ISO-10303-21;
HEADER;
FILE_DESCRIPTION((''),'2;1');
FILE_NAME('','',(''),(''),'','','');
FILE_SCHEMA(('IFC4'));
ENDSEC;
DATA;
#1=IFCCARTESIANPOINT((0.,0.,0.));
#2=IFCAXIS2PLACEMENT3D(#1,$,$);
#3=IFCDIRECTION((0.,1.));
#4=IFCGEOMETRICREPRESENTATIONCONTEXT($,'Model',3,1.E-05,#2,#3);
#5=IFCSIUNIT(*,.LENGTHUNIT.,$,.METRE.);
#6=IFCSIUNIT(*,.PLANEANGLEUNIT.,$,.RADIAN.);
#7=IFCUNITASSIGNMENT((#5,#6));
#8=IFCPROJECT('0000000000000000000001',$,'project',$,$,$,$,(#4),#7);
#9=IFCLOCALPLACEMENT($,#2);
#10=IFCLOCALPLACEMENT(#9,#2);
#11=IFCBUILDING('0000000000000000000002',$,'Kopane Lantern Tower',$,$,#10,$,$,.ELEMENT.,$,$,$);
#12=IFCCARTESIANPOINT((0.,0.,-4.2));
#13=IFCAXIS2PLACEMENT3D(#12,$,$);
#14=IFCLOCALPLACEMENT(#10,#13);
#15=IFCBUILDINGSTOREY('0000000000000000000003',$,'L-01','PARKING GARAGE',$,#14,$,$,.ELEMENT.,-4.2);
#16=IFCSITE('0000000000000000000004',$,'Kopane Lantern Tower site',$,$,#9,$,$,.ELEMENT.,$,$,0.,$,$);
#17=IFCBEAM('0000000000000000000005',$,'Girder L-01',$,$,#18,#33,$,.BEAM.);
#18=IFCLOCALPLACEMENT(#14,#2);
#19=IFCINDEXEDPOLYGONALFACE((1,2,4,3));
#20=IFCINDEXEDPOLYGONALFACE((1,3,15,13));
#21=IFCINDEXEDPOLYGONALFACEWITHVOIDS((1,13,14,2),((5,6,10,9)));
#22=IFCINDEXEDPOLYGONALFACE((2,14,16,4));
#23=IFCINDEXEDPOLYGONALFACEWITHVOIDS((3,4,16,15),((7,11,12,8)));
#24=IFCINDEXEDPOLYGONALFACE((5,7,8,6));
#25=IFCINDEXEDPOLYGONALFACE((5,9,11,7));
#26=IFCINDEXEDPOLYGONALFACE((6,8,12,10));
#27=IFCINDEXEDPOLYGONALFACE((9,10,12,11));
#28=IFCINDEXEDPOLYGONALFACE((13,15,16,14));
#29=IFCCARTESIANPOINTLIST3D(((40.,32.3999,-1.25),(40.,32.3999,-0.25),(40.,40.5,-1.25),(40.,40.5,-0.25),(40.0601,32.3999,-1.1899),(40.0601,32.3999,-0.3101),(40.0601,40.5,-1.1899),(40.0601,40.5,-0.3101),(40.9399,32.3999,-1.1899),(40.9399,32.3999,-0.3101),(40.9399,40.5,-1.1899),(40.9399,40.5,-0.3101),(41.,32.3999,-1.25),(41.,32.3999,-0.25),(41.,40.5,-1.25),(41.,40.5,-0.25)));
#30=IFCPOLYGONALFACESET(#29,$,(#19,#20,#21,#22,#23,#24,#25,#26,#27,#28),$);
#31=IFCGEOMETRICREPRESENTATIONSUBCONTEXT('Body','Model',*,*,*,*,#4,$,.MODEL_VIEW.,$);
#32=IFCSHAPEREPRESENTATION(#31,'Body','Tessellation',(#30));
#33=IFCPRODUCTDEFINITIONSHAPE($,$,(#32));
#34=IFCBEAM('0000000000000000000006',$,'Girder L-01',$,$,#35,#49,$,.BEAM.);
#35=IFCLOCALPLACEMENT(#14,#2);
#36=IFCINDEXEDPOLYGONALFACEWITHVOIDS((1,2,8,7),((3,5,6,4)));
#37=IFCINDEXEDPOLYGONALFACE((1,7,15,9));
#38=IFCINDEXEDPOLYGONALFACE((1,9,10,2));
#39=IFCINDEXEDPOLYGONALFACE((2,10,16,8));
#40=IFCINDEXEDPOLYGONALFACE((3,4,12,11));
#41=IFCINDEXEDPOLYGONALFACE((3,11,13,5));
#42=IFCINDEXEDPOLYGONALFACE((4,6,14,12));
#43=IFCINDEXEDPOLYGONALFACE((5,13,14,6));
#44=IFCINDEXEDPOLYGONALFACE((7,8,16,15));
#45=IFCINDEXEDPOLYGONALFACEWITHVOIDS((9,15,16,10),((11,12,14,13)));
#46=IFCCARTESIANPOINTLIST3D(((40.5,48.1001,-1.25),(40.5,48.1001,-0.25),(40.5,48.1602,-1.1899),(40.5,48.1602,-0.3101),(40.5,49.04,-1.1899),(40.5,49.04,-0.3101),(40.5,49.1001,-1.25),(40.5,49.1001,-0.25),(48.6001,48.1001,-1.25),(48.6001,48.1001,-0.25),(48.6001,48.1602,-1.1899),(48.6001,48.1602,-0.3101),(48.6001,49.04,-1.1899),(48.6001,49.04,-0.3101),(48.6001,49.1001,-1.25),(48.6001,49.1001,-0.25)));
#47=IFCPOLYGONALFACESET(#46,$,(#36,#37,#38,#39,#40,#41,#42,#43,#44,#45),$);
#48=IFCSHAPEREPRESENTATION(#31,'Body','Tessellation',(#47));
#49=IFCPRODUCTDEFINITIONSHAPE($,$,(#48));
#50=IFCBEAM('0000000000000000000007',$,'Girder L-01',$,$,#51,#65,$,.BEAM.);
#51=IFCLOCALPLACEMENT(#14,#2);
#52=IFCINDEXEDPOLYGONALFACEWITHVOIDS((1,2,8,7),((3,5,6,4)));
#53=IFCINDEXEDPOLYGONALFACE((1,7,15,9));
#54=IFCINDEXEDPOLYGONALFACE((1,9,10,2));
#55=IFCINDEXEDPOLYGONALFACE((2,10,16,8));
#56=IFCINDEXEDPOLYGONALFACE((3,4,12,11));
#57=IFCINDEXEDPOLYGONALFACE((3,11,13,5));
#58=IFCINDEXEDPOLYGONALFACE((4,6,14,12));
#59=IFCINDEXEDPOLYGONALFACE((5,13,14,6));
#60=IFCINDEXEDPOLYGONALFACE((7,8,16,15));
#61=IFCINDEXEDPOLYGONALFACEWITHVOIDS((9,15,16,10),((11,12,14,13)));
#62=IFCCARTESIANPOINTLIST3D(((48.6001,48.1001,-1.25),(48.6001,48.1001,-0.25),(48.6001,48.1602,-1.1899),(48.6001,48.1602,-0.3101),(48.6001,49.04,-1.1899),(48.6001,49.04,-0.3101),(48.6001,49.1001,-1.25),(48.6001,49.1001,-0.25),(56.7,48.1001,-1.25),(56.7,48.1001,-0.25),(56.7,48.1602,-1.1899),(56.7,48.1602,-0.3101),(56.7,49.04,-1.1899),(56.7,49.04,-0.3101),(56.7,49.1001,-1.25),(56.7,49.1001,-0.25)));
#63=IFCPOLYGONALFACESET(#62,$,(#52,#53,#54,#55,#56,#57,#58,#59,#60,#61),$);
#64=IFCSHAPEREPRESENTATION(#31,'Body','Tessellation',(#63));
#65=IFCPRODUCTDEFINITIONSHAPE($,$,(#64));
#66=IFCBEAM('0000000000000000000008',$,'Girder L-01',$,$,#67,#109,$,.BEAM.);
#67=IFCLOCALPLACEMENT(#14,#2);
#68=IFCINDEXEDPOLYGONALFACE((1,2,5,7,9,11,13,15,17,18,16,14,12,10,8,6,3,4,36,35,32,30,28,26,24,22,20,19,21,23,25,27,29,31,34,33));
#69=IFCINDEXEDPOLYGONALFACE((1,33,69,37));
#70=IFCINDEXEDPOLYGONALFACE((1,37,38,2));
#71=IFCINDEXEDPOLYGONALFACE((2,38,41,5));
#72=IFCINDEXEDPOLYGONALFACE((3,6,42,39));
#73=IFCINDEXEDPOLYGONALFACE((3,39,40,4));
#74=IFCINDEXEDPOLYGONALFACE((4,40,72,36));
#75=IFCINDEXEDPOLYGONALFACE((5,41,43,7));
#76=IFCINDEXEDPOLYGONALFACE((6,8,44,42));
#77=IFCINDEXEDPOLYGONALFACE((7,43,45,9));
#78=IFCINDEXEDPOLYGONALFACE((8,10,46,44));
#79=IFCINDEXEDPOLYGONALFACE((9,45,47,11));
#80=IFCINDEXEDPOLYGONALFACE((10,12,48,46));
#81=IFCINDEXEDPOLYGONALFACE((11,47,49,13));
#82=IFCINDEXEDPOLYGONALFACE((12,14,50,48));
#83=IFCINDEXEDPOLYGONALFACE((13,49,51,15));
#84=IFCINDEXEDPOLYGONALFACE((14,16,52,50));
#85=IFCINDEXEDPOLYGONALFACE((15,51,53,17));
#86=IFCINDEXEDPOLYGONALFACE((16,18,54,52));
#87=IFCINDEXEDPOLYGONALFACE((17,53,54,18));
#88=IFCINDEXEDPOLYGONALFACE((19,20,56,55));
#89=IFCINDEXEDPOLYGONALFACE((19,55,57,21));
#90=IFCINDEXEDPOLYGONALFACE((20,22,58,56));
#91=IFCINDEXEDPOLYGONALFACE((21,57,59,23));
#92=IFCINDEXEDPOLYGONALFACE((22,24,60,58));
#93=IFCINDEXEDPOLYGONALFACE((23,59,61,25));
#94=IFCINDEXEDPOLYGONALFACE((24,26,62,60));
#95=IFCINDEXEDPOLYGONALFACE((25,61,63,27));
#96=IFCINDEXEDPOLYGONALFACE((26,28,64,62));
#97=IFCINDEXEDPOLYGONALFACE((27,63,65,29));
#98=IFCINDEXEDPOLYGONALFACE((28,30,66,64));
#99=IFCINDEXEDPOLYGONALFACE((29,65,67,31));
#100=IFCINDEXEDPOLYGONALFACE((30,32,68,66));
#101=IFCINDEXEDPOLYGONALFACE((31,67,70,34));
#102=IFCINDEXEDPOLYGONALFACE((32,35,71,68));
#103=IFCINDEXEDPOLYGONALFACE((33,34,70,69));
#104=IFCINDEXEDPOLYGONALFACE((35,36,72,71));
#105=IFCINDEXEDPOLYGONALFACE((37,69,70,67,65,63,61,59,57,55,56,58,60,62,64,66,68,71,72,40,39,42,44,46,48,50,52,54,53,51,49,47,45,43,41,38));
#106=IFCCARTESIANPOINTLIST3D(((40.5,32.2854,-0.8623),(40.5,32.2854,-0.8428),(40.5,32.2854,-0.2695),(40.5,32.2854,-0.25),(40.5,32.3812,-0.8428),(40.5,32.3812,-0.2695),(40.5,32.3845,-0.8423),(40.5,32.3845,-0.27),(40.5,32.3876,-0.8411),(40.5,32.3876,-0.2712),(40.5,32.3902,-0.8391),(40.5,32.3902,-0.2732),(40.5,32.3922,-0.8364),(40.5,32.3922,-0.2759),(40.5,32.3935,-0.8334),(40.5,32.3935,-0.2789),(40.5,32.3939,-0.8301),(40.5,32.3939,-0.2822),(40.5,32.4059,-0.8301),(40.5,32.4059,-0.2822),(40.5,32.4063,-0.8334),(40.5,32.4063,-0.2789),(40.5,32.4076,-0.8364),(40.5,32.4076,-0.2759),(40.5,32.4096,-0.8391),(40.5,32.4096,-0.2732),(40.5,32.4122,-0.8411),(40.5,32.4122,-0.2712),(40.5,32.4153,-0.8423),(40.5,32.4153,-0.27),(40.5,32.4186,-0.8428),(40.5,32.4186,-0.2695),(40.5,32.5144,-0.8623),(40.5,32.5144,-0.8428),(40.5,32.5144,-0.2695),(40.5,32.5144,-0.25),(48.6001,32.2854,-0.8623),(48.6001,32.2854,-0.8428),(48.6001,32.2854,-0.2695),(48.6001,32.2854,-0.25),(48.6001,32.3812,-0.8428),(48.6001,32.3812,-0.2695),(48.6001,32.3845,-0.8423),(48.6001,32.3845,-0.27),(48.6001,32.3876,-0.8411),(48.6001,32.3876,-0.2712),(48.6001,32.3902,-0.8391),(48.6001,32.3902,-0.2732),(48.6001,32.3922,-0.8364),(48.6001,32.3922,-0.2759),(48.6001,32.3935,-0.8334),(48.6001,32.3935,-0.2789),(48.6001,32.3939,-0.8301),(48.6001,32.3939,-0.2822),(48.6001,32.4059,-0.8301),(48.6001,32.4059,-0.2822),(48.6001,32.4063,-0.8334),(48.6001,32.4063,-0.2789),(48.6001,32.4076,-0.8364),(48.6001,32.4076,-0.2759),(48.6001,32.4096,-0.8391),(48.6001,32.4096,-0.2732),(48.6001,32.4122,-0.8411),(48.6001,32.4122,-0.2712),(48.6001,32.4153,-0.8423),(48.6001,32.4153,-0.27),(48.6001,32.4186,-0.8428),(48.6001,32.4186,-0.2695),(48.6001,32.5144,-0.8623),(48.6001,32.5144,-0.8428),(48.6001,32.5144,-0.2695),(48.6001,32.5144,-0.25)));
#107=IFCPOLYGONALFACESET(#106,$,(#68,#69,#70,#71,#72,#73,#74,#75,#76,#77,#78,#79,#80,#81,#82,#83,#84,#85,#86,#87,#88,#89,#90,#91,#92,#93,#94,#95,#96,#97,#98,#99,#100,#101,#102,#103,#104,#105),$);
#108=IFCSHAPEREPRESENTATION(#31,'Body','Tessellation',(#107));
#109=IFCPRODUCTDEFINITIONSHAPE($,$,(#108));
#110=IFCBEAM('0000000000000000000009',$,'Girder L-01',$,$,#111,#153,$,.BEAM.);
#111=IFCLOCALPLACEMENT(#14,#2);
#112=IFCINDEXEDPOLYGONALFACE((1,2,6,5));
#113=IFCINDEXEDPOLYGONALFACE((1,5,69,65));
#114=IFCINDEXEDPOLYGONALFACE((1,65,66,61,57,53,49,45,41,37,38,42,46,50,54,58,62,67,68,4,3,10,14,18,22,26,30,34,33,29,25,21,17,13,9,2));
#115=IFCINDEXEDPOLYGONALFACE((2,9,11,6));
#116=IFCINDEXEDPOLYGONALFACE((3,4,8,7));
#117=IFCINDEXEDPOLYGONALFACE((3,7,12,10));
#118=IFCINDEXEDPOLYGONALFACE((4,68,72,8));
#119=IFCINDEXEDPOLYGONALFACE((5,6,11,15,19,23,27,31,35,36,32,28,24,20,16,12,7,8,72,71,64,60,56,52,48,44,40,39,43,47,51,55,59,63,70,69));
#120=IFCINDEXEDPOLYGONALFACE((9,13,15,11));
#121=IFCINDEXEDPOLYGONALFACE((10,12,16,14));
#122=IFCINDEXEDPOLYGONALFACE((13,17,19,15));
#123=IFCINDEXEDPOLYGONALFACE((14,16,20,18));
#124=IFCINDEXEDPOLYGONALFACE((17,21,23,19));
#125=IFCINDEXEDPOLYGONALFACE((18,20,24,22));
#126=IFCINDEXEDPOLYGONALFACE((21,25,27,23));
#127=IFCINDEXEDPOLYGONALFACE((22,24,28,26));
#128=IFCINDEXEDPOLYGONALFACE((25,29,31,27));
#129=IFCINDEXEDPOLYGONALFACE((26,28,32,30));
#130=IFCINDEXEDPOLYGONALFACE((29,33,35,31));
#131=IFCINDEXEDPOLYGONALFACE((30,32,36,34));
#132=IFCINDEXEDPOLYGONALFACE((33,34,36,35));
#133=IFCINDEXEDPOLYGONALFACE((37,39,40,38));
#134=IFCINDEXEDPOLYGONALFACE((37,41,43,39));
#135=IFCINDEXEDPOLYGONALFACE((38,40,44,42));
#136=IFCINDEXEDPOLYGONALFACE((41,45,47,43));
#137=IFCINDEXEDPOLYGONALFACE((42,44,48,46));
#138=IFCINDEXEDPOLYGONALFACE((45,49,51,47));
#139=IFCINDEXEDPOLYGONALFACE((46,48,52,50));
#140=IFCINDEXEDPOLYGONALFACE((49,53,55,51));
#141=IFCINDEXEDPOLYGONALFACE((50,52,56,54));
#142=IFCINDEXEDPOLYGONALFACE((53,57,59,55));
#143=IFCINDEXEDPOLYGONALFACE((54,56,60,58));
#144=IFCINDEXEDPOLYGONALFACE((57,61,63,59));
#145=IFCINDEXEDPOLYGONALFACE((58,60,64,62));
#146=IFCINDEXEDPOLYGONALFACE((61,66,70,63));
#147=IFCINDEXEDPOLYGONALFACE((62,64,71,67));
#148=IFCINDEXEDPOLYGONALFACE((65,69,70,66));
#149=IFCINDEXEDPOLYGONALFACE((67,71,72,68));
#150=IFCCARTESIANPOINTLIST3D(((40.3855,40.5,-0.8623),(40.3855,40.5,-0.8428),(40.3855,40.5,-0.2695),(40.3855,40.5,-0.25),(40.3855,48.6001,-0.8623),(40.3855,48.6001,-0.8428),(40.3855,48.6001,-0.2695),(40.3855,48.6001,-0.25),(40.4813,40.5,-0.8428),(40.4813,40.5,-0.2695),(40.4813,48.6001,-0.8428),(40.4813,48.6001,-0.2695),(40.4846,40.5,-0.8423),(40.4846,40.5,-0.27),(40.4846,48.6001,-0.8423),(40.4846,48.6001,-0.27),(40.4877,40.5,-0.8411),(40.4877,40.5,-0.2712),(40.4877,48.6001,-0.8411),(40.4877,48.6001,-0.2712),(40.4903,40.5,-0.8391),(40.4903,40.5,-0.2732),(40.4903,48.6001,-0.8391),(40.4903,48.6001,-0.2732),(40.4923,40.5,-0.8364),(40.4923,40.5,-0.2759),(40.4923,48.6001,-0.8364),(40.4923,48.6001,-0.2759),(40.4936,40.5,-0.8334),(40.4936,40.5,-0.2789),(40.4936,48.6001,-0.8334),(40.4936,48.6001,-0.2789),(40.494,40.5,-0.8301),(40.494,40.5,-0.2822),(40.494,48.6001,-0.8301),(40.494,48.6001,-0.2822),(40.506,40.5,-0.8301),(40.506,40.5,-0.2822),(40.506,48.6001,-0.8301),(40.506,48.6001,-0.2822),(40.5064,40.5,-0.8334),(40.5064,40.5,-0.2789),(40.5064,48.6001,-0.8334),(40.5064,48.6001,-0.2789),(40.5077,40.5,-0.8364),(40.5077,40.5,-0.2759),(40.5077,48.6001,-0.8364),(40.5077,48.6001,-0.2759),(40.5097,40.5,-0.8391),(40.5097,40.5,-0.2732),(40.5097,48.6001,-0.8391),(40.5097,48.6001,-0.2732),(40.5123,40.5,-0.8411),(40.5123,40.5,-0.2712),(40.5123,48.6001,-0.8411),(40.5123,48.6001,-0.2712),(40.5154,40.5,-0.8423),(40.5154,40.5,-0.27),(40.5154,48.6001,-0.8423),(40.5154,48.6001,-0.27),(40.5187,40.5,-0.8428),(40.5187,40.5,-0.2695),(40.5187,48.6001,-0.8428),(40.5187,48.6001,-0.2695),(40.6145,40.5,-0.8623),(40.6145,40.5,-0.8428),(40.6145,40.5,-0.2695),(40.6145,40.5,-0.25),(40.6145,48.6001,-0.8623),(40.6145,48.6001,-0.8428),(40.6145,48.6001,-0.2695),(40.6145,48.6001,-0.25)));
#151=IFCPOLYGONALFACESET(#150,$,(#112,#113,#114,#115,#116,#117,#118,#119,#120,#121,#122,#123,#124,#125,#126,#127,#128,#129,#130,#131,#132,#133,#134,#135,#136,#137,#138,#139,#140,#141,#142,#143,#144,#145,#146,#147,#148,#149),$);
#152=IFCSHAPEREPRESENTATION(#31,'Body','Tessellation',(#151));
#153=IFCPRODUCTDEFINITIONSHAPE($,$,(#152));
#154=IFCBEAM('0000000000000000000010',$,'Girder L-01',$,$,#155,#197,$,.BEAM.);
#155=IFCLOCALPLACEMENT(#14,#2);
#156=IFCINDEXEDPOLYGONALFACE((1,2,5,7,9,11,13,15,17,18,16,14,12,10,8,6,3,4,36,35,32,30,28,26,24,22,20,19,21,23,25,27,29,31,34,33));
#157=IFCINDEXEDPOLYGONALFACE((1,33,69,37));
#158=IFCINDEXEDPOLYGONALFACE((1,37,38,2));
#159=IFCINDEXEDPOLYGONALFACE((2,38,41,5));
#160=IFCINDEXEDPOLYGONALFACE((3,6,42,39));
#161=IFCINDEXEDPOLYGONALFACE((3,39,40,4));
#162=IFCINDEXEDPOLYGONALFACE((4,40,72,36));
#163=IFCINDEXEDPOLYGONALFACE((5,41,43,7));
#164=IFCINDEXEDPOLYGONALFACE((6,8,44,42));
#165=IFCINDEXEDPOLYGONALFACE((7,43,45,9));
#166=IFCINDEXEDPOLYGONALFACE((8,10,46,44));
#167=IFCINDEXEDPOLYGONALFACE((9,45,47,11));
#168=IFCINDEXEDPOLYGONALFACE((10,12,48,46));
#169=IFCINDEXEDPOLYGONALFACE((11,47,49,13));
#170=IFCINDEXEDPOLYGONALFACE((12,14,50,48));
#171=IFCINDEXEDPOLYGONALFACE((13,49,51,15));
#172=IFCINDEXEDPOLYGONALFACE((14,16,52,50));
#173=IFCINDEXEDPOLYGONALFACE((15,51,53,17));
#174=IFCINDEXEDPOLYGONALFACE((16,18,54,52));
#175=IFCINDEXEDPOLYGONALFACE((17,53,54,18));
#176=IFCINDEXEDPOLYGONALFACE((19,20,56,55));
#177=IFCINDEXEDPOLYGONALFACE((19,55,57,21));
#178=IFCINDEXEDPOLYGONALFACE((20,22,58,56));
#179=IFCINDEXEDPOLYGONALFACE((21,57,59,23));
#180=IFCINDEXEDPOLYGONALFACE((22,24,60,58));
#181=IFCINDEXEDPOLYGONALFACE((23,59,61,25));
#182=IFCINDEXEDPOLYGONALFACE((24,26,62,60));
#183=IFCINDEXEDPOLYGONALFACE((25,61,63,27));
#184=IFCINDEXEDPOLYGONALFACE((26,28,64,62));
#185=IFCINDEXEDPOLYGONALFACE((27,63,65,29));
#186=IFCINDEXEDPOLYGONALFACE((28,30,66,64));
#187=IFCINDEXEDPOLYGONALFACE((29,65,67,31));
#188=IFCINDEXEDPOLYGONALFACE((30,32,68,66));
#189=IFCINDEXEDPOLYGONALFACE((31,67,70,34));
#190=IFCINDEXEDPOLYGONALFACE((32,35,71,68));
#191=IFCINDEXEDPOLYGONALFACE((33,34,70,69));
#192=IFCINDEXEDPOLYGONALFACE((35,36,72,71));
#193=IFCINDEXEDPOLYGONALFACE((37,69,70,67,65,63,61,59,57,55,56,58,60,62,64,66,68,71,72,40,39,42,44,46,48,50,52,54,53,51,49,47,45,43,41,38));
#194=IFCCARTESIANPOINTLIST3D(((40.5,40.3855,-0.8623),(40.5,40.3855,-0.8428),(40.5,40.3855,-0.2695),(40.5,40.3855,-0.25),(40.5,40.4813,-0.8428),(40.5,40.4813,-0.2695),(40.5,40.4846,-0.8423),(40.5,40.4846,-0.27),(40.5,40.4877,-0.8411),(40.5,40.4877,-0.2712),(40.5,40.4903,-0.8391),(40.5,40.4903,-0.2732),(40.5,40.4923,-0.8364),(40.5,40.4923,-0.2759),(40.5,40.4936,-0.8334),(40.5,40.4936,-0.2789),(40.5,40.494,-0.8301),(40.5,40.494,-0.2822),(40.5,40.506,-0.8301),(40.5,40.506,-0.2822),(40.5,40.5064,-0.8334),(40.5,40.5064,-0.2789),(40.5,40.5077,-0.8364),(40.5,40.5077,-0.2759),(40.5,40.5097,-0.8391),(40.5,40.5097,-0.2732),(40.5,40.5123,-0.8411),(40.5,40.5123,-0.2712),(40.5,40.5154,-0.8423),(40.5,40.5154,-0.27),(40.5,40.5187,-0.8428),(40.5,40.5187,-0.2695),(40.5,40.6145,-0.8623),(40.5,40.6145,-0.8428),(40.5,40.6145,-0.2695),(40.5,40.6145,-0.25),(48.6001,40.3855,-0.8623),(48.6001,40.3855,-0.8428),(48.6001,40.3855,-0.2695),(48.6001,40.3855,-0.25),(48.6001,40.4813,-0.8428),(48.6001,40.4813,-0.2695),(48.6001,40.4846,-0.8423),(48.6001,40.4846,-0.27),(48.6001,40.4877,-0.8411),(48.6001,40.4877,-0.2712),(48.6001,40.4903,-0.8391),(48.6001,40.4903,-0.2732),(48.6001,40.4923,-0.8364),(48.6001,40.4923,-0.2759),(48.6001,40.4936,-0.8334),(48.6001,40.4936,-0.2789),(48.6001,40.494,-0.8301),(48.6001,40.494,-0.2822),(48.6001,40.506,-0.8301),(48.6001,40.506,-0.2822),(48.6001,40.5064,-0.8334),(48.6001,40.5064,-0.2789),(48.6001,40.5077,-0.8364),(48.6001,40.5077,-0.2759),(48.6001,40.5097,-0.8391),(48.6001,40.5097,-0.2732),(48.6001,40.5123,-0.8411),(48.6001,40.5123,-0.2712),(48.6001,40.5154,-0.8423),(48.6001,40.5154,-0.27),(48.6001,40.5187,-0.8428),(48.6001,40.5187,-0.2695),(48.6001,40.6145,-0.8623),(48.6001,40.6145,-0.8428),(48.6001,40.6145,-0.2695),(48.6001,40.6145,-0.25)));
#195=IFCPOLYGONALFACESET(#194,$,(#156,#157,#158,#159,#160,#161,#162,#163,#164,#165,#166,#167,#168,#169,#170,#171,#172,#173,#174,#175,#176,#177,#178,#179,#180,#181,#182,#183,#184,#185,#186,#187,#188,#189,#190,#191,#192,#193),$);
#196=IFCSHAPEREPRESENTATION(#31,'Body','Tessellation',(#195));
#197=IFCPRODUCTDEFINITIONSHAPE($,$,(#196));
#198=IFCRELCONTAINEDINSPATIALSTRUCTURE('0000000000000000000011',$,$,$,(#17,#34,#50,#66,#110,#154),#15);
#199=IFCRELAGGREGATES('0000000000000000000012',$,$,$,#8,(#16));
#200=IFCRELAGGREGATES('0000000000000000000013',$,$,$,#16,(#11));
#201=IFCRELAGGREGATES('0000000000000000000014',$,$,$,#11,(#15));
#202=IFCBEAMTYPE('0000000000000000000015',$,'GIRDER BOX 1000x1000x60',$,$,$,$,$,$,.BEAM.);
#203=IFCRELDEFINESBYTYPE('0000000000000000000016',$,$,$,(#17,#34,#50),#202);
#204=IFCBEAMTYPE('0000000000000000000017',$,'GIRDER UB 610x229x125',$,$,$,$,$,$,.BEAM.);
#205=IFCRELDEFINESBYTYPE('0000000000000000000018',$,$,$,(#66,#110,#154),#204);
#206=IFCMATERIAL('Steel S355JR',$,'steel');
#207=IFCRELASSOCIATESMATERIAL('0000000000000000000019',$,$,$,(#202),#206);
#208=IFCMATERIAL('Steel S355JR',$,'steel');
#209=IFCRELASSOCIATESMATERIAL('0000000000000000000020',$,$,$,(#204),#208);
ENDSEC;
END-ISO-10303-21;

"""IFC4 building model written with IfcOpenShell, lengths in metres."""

from ifc_helpers import new_model, si_unit, direction, frame, origin, origin_2d, place, context, subcontext, project, spatial, hollow_rectangle, i_section, extrude, material, material_profile, profile_set, type_object, element, save


model = new_model("IFC4")

# Units and contexts
model_context = context("Model", 3, precision=1e-05, world=origin(), true_north=direction((0.0, 1.0)))
body_context = subcontext(model_context, "Body", "Model", "MODEL_VIEW")
ifc_project = project(units=[si_unit("LENGTHUNIT", "METRE"), si_unit("PLANEANGLEUNIT", "RADIAN")], contexts=[model_context])

# Site, building, storey
site_placement = place(None, origin())
site = spatial("IfcSite", under=ifc_project, at=site_placement, Name="Kopane Lantern Tower site", CompositionType="ELEMENT", RefElevation=0.0)
building_placement = place(site_placement, origin())
building = spatial("IfcBuilding", under=site, at=building_placement, Name="Kopane Lantern Tower", CompositionType="ELEMENT")
storey_placement = place(building_placement, frame((0.0, 0.0, -4.2)))
storey = spatial("IfcBuildingStorey", under=building, at=storey_placement, Name="L-01", Description="PARKING GARAGE", CompositionType="ELEMENT", Elevation=-4.2)

# Beams
ifc_material_1 = material(Name="Steel S355JR", Category="steel")
ifc_material_profile_1 = material_profile(ifc_material_1, hollow_rectangle(XDim=1.0, YDim=1.0, WallThickness=0.0601, at=origin_2d()), Name="BOX 1000x1000x60")
ifc_profile_set_1 = profile_set([ifc_material_profile_1], Name="Steel S355JR")
beam_type_1 = type_object("IfcBeamType", Name="GIRDER BOX 1000x1000x60", PredefinedType="BEAM", material=ifc_profile_set_1)
for number, where, z_axis, x_axis, name in (
    (1, (40.5, 32.3999, -0.75), (0.0, 1.0, 0.0), (-1.0, 0.0, 0.0), "Girder L-01"),
    (2, (40.5, 48.6001, -0.75), (1.0, 0.0, 0.0), (0.0, 1.0, 0.0), "Girder L-01"),
):
    element("IfcBeam", number, at=place(storey_placement, frame(where, z_axis=z_axis, x_axis=x_axis)), inside=storey, type_object=beam_type_1, Name=name, PredefinedType="BEAM", context=body_context, shape_type="SweptSolid", body=[
        extrude(hollow_rectangle(XDim=1.0, YDim=1.0, WallThickness=0.0601, at=origin_2d()), origin(), (0.0, 0.0, 1.0), 8.1001),
    ])
beam_1_placement = place(storey_placement, frame((48.6001, 48.6001, -0.75), z_axis=(1.0, 0.0, 0.0), x_axis=(0.0, 1.0, 0.0)))
element("IfcBeam", 3, at=beam_1_placement, inside=storey, type_object=beam_type_1, Name="Girder L-01", PredefinedType="BEAM", context=body_context, shape_type="SweptSolid", body=[
    extrude(hollow_rectangle(XDim=1.0, YDim=1.0, WallThickness=0.0601, at=origin_2d()), origin(), (0.0, 0.0, 1.0), 8.0999),
])
ifc_material_2 = material(Name="Steel S355JR", Category="steel")
ifc_material_profile_2 = material_profile(ifc_material_2, i_section(OverallWidth=0.229, OverallDepth=0.6123, WebThickness=0.012, FlangeThickness=0.0195, FilletRadius=0.0127, at=origin_2d()), Name="UB 610x229x125")
ifc_profile_set_2 = profile_set([ifc_material_profile_2], Name="Steel S355JR")
beam_type_2 = type_object("IfcBeamType", Name="GIRDER UB 610x229x125", PredefinedType="BEAM", material=ifc_profile_set_2)
for number, where, z_axis, x_axis, name in (
    (4, (40.5, 32.3999, -0.5562), (1.0, 0.0, 0.0), (0.0, 1.0, 0.0), "Girder L-01"),
    (5, (40.5, 40.5, -0.5562), (0.0, 1.0, 0.0), (-1.0, 0.0, 0.0), "Girder L-01"),
    (6, (40.5, 40.5, -0.5562), (1.0, 0.0, 0.0), (0.0, 1.0, 0.0), "Girder L-01"),
):
    element("IfcBeam", number, at=place(storey_placement, frame(where, z_axis=z_axis, x_axis=x_axis)), inside=storey, type_object=beam_type_2, Name=name, PredefinedType="BEAM", context=body_context, shape_type="SweptSolid", body=[
        extrude(i_section(OverallWidth=0.229, OverallDepth=0.6123, WebThickness=0.012, FlangeThickness=0.0195, FilletRadius=0.0127, at=origin_2d()), origin(), (0.0, 0.0, 1.0), 8.1001),
    ])

save(model, "model.ifc")
